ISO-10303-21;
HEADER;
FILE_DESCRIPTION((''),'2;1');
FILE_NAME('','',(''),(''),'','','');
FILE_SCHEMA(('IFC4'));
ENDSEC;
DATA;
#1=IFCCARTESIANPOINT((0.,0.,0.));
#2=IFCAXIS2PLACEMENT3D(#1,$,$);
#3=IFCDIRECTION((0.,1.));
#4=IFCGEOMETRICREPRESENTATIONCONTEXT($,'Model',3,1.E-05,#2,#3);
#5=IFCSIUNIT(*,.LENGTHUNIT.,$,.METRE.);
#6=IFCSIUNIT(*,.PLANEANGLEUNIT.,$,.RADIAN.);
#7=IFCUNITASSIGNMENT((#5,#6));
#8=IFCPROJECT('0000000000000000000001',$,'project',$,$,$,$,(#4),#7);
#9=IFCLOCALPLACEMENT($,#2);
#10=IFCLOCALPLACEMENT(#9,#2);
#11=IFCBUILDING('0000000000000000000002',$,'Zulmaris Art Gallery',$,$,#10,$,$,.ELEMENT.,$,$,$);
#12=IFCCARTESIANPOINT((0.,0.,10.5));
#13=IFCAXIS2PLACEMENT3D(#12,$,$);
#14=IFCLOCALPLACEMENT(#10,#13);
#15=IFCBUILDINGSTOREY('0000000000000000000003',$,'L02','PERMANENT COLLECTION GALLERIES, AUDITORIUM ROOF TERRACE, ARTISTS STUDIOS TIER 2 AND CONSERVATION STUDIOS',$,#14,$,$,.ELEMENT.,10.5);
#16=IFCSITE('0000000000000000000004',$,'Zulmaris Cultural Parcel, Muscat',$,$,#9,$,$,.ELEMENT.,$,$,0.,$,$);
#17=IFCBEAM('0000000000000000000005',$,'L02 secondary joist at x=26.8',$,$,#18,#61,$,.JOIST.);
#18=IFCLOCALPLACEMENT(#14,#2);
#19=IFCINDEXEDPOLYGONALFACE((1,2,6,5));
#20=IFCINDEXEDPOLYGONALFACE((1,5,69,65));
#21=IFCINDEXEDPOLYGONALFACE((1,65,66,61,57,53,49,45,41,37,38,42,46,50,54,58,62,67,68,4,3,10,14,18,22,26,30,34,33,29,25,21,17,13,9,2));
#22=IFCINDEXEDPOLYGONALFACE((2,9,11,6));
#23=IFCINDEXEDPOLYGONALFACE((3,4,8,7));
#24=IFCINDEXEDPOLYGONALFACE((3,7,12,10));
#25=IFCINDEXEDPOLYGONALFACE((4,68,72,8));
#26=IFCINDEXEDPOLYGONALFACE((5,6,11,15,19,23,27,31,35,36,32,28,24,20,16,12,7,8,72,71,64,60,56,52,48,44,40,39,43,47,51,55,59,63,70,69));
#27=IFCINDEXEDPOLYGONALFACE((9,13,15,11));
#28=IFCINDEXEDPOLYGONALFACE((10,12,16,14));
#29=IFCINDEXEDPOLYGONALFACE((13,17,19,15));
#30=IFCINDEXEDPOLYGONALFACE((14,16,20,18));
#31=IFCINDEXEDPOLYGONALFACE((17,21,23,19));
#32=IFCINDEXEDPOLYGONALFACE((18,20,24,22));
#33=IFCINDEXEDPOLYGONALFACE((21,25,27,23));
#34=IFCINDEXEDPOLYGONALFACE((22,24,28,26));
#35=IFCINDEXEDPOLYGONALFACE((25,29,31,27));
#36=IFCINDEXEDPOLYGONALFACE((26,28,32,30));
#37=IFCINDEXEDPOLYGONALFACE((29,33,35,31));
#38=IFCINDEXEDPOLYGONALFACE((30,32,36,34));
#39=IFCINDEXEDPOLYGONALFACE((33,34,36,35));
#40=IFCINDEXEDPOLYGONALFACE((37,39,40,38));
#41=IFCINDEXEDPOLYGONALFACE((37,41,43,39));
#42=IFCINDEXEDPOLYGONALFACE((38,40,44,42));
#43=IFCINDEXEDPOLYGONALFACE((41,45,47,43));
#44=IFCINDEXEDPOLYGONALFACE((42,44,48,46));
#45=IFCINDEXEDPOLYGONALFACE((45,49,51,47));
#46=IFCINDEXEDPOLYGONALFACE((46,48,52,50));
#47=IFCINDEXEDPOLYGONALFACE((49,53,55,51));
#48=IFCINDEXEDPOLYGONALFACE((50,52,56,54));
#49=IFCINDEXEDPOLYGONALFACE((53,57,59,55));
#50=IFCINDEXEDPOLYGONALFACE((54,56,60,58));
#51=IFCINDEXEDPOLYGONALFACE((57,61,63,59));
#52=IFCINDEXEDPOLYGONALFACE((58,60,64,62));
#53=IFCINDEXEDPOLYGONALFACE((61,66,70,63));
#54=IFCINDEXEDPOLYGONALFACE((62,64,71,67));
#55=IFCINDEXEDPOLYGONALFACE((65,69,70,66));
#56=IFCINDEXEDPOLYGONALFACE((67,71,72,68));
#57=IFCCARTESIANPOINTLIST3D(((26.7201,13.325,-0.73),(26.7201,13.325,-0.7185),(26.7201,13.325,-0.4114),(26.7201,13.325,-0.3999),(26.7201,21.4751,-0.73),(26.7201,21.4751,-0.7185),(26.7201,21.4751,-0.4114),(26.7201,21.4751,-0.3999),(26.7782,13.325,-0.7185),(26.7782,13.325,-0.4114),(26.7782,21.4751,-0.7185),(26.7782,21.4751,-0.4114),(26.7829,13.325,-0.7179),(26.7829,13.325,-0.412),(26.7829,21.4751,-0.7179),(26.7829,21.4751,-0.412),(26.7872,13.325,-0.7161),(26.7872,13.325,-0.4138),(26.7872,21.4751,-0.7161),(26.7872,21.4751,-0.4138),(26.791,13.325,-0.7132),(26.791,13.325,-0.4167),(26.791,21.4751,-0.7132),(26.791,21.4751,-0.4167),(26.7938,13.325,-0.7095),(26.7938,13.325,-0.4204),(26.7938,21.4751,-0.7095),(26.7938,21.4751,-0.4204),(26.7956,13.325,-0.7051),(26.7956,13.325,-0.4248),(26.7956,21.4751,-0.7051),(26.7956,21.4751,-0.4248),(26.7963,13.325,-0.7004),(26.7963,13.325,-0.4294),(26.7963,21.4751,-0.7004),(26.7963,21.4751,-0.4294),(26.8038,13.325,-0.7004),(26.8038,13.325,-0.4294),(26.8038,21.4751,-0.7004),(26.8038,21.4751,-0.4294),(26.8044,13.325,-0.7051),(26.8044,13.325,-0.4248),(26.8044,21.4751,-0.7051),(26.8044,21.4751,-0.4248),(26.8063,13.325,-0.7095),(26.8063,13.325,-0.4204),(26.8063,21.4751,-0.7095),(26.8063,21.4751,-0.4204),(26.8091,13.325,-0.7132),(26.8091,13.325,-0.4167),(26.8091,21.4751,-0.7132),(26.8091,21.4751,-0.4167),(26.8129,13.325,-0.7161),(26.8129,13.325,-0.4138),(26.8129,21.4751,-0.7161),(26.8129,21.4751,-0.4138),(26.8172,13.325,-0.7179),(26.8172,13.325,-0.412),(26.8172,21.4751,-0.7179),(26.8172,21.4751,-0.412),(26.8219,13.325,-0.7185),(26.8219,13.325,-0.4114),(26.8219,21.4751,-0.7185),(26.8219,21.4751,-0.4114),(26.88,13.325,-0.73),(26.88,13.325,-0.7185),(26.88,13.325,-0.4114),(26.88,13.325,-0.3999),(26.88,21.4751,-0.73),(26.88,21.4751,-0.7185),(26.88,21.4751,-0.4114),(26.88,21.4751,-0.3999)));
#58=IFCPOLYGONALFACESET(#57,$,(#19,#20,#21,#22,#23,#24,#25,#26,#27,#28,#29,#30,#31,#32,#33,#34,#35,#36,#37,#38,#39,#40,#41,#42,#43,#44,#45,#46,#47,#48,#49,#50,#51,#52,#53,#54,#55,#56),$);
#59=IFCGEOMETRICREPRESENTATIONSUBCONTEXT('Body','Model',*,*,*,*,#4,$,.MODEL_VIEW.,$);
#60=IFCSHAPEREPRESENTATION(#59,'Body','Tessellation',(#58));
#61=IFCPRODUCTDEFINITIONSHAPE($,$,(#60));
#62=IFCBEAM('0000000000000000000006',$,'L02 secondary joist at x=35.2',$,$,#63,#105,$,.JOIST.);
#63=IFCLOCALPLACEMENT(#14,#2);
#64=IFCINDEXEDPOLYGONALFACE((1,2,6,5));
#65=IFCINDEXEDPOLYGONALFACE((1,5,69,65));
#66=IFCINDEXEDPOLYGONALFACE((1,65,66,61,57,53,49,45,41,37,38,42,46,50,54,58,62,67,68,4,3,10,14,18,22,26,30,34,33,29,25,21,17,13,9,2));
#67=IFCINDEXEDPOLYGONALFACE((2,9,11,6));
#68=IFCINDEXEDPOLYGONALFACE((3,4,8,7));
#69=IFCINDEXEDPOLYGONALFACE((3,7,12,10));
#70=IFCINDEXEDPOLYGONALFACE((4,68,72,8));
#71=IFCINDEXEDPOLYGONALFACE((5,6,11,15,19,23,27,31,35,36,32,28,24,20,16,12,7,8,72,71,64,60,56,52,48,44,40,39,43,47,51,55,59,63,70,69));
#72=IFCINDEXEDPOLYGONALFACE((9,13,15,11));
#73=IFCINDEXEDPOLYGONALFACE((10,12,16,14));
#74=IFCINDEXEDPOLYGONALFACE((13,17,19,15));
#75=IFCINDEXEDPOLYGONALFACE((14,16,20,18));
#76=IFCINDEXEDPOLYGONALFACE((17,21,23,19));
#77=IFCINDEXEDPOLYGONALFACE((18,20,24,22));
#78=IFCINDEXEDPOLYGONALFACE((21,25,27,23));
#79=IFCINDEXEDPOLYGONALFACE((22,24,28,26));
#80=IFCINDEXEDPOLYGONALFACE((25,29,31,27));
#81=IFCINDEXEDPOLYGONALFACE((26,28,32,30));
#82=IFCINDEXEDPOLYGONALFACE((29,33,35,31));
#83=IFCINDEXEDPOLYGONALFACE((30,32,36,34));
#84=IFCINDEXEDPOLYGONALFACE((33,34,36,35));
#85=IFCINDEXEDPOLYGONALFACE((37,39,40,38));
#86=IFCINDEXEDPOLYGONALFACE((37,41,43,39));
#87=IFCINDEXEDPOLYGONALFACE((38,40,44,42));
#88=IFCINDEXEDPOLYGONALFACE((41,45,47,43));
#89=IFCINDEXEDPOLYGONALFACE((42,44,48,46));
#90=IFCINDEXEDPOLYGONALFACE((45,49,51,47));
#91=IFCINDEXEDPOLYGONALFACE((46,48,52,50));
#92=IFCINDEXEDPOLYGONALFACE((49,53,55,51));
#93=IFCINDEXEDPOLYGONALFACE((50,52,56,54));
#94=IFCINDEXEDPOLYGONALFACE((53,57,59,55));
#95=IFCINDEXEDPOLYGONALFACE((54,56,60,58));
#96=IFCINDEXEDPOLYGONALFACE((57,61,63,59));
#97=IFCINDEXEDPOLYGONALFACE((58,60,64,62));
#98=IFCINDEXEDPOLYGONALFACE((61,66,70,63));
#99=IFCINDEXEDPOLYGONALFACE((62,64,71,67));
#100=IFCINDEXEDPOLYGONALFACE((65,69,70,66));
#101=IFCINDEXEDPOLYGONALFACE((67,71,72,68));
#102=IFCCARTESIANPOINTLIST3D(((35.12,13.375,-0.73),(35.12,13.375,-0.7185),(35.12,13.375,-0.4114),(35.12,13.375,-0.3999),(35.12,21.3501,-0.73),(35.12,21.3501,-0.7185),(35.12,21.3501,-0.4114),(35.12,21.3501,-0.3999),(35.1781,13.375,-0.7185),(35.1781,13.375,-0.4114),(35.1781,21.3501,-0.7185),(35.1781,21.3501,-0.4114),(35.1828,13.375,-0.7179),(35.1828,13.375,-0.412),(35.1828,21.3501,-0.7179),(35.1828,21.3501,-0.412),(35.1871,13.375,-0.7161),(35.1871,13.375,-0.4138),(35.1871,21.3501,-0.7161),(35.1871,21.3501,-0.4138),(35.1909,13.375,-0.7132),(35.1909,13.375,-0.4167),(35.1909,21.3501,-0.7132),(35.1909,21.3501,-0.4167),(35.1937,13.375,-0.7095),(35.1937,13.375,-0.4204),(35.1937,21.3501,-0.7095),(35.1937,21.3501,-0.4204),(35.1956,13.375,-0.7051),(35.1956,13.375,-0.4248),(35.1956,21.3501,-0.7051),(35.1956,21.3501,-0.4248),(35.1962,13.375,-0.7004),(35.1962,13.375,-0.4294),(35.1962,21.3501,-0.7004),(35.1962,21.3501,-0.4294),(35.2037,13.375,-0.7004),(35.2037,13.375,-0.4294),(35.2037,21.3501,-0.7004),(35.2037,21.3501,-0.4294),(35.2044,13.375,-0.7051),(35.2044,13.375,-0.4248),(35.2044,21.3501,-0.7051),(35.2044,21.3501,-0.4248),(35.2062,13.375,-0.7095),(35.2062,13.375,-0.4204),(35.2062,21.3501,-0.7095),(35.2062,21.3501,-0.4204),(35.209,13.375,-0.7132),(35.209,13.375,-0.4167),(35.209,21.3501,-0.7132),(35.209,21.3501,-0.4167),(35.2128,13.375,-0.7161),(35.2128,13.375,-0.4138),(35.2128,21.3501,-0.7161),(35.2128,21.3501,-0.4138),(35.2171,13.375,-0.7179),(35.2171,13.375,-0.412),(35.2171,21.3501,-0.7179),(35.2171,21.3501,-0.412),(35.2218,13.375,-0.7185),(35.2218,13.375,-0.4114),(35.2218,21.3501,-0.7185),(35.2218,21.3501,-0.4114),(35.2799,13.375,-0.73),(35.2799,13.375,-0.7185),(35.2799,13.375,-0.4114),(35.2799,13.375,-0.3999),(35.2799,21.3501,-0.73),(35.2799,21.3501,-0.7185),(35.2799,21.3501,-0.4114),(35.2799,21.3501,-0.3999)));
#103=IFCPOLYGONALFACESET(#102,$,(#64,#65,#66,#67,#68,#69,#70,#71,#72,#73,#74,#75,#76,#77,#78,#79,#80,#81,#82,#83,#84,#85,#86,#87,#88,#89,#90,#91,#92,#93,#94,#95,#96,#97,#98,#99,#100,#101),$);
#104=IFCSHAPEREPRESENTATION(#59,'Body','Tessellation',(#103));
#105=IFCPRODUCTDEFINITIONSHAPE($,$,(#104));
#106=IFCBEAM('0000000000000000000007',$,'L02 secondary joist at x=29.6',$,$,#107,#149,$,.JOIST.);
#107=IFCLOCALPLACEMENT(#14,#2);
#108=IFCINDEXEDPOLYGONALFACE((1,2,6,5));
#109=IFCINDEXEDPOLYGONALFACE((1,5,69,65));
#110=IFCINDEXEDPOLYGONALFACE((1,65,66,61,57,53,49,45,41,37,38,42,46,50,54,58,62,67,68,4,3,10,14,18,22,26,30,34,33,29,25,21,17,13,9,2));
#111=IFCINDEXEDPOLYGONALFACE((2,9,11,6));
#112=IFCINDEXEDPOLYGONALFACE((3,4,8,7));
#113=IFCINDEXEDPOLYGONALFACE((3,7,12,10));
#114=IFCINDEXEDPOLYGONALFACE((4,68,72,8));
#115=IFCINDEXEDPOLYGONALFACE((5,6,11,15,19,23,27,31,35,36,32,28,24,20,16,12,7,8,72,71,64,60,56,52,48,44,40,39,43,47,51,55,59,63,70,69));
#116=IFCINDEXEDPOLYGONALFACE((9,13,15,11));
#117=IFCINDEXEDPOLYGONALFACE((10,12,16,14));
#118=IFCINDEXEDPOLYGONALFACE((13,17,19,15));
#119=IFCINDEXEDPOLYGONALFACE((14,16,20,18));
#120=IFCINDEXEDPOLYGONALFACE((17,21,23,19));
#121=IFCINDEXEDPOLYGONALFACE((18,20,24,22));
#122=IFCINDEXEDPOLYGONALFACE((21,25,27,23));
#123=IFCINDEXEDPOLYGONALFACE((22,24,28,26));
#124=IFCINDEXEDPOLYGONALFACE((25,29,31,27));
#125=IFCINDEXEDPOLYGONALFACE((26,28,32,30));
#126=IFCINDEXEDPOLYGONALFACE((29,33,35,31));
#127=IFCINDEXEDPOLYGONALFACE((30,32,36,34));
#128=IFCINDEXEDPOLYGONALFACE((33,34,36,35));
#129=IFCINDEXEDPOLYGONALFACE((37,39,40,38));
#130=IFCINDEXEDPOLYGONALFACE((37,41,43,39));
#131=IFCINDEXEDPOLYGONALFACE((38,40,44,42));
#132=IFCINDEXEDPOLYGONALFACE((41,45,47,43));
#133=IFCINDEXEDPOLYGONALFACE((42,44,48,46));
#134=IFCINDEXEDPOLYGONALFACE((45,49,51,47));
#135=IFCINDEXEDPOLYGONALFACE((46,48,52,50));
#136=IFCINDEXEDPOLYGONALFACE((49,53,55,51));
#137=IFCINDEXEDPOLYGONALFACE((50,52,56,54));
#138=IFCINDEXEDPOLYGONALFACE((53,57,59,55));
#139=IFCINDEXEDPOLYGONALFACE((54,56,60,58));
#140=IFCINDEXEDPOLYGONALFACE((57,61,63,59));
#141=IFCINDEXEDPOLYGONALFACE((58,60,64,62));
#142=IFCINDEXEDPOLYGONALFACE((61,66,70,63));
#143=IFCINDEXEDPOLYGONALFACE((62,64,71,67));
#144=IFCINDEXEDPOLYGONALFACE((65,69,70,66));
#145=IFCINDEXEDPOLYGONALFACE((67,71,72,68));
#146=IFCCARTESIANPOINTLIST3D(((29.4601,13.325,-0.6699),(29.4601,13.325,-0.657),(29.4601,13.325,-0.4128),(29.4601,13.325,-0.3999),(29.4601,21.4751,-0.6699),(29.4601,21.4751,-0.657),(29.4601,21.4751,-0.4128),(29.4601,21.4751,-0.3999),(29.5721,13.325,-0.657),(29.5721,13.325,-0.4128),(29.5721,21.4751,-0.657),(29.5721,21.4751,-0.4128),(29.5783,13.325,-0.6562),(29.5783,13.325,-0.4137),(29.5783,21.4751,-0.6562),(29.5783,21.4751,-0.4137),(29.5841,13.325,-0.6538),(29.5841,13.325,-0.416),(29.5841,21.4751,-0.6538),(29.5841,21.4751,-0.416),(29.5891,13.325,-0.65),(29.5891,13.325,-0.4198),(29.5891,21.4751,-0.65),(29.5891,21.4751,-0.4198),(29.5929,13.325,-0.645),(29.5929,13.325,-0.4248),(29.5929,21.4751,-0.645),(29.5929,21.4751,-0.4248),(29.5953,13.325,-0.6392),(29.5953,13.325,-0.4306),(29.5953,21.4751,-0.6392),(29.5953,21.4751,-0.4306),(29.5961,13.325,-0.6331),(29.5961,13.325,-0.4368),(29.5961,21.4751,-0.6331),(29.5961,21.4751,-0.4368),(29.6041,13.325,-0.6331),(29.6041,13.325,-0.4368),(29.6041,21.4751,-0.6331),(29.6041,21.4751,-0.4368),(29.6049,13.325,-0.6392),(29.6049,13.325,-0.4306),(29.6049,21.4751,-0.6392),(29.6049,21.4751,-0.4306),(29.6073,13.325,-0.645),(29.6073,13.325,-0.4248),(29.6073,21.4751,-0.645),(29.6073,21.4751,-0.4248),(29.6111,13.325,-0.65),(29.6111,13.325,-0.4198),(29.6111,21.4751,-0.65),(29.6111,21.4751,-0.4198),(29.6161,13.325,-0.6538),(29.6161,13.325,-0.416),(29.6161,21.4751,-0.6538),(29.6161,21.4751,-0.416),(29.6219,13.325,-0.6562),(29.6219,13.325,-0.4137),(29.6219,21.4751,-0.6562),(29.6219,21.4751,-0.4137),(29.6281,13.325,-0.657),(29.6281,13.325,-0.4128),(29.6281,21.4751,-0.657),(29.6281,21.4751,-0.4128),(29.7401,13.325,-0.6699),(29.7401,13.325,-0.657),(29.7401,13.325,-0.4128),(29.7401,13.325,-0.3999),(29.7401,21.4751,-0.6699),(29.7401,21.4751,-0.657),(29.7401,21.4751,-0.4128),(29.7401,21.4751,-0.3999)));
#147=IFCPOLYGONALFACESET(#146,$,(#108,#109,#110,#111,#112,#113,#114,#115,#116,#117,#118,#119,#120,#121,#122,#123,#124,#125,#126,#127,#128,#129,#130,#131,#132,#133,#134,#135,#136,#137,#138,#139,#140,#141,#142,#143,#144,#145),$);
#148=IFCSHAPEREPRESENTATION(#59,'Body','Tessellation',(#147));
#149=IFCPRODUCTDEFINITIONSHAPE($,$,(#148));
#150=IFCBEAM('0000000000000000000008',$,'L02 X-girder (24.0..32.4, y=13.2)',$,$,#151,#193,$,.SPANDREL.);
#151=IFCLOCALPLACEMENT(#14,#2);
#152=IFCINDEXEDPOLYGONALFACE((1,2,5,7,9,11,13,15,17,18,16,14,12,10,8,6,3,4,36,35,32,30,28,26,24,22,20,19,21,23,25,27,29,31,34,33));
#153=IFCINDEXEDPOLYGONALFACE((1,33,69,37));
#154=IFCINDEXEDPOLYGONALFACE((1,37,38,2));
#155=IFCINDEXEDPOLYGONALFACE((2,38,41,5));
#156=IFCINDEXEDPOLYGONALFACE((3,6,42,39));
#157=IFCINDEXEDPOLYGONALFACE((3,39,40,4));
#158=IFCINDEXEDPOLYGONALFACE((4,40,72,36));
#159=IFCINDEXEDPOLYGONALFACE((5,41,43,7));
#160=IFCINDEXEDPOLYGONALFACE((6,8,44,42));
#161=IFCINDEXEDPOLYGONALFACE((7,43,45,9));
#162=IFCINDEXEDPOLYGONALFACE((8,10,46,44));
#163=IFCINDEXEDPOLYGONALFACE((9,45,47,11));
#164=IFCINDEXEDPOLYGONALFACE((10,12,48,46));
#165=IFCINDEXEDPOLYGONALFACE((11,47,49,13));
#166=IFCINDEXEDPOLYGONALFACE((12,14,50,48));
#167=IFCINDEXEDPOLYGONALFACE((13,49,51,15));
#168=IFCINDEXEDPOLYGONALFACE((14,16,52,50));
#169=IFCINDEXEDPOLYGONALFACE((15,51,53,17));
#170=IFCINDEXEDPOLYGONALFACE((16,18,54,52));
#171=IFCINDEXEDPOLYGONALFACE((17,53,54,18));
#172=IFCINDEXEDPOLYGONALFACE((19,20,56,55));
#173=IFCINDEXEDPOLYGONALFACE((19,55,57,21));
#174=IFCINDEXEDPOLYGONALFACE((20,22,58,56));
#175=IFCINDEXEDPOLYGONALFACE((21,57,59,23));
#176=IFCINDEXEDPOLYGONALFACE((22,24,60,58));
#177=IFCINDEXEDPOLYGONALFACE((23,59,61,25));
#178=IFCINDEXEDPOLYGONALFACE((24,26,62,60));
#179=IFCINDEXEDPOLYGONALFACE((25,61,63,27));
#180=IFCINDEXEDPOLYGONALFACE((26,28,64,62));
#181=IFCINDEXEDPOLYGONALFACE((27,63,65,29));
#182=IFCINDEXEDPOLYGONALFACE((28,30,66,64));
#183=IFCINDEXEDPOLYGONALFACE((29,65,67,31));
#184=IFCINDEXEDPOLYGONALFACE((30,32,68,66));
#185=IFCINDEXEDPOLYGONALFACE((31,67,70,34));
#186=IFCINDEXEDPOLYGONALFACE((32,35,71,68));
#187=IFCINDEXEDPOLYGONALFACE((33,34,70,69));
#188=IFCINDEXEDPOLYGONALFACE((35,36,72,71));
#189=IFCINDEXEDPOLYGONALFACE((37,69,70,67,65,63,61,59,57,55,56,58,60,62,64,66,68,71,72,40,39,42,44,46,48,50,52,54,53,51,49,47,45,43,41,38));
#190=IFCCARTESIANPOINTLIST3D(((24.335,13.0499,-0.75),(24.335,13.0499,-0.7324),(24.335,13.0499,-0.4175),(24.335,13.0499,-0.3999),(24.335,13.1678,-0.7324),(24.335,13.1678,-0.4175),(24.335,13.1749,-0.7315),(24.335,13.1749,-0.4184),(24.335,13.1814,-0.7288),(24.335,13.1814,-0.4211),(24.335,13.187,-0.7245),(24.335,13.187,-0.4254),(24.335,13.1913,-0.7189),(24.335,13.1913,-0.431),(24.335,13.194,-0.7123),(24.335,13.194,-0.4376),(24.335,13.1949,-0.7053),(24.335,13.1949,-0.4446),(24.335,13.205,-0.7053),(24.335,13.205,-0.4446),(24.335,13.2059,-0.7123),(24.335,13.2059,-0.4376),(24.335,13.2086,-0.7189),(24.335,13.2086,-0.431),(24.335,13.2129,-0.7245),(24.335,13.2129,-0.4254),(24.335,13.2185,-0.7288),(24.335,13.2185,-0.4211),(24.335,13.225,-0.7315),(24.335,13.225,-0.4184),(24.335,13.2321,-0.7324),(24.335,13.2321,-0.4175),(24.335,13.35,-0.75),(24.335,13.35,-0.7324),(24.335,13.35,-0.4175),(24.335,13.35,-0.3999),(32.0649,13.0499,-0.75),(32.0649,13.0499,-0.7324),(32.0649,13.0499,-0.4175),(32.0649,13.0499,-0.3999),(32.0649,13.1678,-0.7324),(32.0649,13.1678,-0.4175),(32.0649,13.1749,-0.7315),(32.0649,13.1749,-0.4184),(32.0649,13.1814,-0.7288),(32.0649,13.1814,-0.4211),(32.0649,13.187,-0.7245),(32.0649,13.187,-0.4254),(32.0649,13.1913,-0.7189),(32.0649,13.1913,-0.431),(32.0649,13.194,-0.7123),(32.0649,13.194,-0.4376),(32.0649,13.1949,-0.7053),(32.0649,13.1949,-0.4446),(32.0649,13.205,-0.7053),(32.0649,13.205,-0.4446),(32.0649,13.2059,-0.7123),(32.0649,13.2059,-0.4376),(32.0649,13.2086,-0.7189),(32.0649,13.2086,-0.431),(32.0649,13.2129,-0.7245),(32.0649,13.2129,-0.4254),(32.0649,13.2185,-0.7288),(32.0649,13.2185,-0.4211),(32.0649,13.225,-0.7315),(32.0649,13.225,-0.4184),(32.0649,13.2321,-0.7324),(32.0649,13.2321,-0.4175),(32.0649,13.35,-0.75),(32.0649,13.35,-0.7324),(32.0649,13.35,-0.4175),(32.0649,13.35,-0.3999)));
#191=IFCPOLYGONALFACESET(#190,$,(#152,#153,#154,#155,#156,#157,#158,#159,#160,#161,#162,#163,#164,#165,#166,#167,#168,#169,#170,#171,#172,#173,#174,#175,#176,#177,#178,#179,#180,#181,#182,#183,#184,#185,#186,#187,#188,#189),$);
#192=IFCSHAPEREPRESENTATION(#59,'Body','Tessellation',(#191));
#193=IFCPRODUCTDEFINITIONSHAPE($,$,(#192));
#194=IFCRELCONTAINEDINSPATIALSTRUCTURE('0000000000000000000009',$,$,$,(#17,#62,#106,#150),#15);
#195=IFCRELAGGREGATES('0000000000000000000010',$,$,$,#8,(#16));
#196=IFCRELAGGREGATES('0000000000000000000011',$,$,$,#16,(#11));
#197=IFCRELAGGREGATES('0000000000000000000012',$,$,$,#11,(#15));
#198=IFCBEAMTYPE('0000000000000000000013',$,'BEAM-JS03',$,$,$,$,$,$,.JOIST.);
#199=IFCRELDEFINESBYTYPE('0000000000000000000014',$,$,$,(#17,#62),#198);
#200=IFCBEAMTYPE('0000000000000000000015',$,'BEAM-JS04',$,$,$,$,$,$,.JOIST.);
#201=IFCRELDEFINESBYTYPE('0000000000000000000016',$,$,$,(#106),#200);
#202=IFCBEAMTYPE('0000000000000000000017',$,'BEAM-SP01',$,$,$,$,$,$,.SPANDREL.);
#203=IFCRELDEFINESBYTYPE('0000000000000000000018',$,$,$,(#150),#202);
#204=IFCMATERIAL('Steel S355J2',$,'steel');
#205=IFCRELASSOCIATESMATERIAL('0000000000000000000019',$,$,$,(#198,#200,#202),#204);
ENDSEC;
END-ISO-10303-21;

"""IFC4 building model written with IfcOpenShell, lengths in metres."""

from ifc_helpers import new_model, si_unit, direction, frame, origin, origin_2d, place, context, subcontext, project, spatial, i_section, extrude, material, material_profile, profile_set, type_object, element, save


model = new_model("IFC4")

# Units and contexts
model_context = context("Model", 3, precision=1e-05, world=origin(), true_north=direction((0.0, 1.0)))
body_context = subcontext(model_context, "Body", "Model", "MODEL_VIEW")
ifc_project = project(units=[si_unit("LENGTHUNIT", "METRE"), si_unit("PLANEANGLEUNIT", "RADIAN")], contexts=[model_context])

# Site, building, storey
site_placement = place(None, origin())
site = spatial("IfcSite", under=ifc_project, at=site_placement, Name="Zulmaris Cultural Parcel, Muscat", CompositionType="ELEMENT", RefElevation=0.0)
building_placement = place(site_placement, origin())
building = spatial("IfcBuilding", under=site, at=building_placement, Name="Zulmaris Art Gallery", CompositionType="ELEMENT")
storey_placement = place(building_placement, frame((0.0, 0.0, 10.5)))
storey = spatial("IfcBuildingStorey", under=building, at=storey_placement, Name="L02", Description="PERMANENT COLLECTION GALLERIES, AUDITORIUM ROOF TERRACE, ARTISTS STUDIOS TIER 2 AND CONSERVATION STUDIOS", CompositionType="ELEMENT", Elevation=10.5)

# Beams
ifc_material_1 = material(Name="Steel S355J2", Category="steel")
ifc_material_profile_1 = material_profile(ifc_material_1, i_section(OverallWidth=0.1599, OverallDepth=0.3301, WebThickness=0.0076, FlangeThickness=0.0115, FilletRadius=0.0181, at=origin_2d()), Name="IPE 330")
ifc_profile_set_1 = profile_set([ifc_material_profile_1], Name="Steel S355J2")
beam_type_1 = type_object("IfcBeamType", Name="BEAM-JS03", PredefinedType="JOIST", material=ifc_profile_set_1)
beam_1_placement = place(storey_placement, frame((26.8, 13.325, -0.5649), z_axis=(0.0, 1.0, 0.0), x_axis=(-1.0, 0.0, 0.0)))
element("IfcBeam", 1, at=beam_1_placement, inside=storey, type_object=beam_type_1, Name="L02 secondary joist at x=26.8", PredefinedType="JOIST", context=body_context, shape_type="SweptSolid", body=[
    extrude(i_section(OverallWidth=0.1599, OverallDepth=0.3301, WebThickness=0.0076, FlangeThickness=0.0115, FilletRadius=0.0181, at=origin_2d()), origin(), (0.0, 0.0, 1.0), 8.1501),
])
beam_2_placement = place(storey_placement, frame((35.2, 13.375, -0.5649), z_axis=(0.0, 1.0, 0.0), x_axis=(-1.0, 0.0, 0.0)))
element("IfcBeam", 2, at=beam_2_placement, inside=storey, type_object=beam_type_1, Name="L02 secondary joist at x=35.2", PredefinedType="JOIST", context=body_context, shape_type="SweptSolid", body=[
    extrude(i_section(OverallWidth=0.1599, OverallDepth=0.3301, WebThickness=0.0076, FlangeThickness=0.0115, FilletRadius=0.0181, at=origin_2d()), origin(), (0.0, 0.0, 1.0), 7.9751),
])
ifc_material_profile_2 = material_profile(ifc_material_1, i_section(OverallWidth=0.28, OverallDepth=0.27, WebThickness=0.0081, FlangeThickness=0.0129, FilletRadius=0.0239, at=origin_2d()), Name="HEA 280")
ifc_profile_set_2 = profile_set([ifc_material_profile_2], Name="Steel S355J2")
beam_type_2 = type_object("IfcBeamType", Name="BEAM-JS04", PredefinedType="JOIST", material=ifc_profile_set_2)
beam_3_placement = place(storey_placement, frame((29.6001, 13.325, -0.5349), z_axis=(0.0, 1.0, 0.0), x_axis=(-1.0, 0.0, 0.0)))
element("IfcBeam", 3, at=beam_3_placement, inside=storey, type_object=beam_type_2, Name="L02 secondary joist at x=29.6", PredefinedType="JOIST", context=body_context, shape_type="SweptSolid", body=[
    extrude(i_section(OverallWidth=0.28, OverallDepth=0.27, WebThickness=0.0081, FlangeThickness=0.0129, FilletRadius=0.0239, at=origin_2d()), origin(), (0.0, 0.0, 1.0), 8.1501),
])
ifc_material_profile_3 = material_profile(ifc_material_1, i_section(OverallWidth=0.3, OverallDepth=0.3501, WebThickness=0.01, FlangeThickness=0.0176, FilletRadius=0.0271, at=origin_2d()), Name="HEA 360")
ifc_profile_set_3 = profile_set([ifc_material_profile_3], Name="Steel S355J2")
beam_type_3 = type_object("IfcBeamType", Name="BEAM-SP01", PredefinedType="SPANDREL", material=ifc_profile_set_3)
beam_4_placement = place(storey_placement, frame((24.335, 13.2, -0.575), z_axis=(1.0, 0.0, 0.0), x_axis=(0.0, 1.0, 0.0)))
element("IfcBeam", 4, at=beam_4_placement, inside=storey, type_object=beam_type_3, Name="L02 X-girder (24.0..32.4, y=13.2)", PredefinedType="SPANDREL", context=body_context, shape_type="SweptSolid", body=[
    extrude(i_section(OverallWidth=0.3, OverallDepth=0.3501, WebThickness=0.01, FlangeThickness=0.0176, FilletRadius=0.0271, at=origin_2d()), origin(), (0.0, 0.0, 1.0), 7.73),
])

save(model, "model.ifc")
